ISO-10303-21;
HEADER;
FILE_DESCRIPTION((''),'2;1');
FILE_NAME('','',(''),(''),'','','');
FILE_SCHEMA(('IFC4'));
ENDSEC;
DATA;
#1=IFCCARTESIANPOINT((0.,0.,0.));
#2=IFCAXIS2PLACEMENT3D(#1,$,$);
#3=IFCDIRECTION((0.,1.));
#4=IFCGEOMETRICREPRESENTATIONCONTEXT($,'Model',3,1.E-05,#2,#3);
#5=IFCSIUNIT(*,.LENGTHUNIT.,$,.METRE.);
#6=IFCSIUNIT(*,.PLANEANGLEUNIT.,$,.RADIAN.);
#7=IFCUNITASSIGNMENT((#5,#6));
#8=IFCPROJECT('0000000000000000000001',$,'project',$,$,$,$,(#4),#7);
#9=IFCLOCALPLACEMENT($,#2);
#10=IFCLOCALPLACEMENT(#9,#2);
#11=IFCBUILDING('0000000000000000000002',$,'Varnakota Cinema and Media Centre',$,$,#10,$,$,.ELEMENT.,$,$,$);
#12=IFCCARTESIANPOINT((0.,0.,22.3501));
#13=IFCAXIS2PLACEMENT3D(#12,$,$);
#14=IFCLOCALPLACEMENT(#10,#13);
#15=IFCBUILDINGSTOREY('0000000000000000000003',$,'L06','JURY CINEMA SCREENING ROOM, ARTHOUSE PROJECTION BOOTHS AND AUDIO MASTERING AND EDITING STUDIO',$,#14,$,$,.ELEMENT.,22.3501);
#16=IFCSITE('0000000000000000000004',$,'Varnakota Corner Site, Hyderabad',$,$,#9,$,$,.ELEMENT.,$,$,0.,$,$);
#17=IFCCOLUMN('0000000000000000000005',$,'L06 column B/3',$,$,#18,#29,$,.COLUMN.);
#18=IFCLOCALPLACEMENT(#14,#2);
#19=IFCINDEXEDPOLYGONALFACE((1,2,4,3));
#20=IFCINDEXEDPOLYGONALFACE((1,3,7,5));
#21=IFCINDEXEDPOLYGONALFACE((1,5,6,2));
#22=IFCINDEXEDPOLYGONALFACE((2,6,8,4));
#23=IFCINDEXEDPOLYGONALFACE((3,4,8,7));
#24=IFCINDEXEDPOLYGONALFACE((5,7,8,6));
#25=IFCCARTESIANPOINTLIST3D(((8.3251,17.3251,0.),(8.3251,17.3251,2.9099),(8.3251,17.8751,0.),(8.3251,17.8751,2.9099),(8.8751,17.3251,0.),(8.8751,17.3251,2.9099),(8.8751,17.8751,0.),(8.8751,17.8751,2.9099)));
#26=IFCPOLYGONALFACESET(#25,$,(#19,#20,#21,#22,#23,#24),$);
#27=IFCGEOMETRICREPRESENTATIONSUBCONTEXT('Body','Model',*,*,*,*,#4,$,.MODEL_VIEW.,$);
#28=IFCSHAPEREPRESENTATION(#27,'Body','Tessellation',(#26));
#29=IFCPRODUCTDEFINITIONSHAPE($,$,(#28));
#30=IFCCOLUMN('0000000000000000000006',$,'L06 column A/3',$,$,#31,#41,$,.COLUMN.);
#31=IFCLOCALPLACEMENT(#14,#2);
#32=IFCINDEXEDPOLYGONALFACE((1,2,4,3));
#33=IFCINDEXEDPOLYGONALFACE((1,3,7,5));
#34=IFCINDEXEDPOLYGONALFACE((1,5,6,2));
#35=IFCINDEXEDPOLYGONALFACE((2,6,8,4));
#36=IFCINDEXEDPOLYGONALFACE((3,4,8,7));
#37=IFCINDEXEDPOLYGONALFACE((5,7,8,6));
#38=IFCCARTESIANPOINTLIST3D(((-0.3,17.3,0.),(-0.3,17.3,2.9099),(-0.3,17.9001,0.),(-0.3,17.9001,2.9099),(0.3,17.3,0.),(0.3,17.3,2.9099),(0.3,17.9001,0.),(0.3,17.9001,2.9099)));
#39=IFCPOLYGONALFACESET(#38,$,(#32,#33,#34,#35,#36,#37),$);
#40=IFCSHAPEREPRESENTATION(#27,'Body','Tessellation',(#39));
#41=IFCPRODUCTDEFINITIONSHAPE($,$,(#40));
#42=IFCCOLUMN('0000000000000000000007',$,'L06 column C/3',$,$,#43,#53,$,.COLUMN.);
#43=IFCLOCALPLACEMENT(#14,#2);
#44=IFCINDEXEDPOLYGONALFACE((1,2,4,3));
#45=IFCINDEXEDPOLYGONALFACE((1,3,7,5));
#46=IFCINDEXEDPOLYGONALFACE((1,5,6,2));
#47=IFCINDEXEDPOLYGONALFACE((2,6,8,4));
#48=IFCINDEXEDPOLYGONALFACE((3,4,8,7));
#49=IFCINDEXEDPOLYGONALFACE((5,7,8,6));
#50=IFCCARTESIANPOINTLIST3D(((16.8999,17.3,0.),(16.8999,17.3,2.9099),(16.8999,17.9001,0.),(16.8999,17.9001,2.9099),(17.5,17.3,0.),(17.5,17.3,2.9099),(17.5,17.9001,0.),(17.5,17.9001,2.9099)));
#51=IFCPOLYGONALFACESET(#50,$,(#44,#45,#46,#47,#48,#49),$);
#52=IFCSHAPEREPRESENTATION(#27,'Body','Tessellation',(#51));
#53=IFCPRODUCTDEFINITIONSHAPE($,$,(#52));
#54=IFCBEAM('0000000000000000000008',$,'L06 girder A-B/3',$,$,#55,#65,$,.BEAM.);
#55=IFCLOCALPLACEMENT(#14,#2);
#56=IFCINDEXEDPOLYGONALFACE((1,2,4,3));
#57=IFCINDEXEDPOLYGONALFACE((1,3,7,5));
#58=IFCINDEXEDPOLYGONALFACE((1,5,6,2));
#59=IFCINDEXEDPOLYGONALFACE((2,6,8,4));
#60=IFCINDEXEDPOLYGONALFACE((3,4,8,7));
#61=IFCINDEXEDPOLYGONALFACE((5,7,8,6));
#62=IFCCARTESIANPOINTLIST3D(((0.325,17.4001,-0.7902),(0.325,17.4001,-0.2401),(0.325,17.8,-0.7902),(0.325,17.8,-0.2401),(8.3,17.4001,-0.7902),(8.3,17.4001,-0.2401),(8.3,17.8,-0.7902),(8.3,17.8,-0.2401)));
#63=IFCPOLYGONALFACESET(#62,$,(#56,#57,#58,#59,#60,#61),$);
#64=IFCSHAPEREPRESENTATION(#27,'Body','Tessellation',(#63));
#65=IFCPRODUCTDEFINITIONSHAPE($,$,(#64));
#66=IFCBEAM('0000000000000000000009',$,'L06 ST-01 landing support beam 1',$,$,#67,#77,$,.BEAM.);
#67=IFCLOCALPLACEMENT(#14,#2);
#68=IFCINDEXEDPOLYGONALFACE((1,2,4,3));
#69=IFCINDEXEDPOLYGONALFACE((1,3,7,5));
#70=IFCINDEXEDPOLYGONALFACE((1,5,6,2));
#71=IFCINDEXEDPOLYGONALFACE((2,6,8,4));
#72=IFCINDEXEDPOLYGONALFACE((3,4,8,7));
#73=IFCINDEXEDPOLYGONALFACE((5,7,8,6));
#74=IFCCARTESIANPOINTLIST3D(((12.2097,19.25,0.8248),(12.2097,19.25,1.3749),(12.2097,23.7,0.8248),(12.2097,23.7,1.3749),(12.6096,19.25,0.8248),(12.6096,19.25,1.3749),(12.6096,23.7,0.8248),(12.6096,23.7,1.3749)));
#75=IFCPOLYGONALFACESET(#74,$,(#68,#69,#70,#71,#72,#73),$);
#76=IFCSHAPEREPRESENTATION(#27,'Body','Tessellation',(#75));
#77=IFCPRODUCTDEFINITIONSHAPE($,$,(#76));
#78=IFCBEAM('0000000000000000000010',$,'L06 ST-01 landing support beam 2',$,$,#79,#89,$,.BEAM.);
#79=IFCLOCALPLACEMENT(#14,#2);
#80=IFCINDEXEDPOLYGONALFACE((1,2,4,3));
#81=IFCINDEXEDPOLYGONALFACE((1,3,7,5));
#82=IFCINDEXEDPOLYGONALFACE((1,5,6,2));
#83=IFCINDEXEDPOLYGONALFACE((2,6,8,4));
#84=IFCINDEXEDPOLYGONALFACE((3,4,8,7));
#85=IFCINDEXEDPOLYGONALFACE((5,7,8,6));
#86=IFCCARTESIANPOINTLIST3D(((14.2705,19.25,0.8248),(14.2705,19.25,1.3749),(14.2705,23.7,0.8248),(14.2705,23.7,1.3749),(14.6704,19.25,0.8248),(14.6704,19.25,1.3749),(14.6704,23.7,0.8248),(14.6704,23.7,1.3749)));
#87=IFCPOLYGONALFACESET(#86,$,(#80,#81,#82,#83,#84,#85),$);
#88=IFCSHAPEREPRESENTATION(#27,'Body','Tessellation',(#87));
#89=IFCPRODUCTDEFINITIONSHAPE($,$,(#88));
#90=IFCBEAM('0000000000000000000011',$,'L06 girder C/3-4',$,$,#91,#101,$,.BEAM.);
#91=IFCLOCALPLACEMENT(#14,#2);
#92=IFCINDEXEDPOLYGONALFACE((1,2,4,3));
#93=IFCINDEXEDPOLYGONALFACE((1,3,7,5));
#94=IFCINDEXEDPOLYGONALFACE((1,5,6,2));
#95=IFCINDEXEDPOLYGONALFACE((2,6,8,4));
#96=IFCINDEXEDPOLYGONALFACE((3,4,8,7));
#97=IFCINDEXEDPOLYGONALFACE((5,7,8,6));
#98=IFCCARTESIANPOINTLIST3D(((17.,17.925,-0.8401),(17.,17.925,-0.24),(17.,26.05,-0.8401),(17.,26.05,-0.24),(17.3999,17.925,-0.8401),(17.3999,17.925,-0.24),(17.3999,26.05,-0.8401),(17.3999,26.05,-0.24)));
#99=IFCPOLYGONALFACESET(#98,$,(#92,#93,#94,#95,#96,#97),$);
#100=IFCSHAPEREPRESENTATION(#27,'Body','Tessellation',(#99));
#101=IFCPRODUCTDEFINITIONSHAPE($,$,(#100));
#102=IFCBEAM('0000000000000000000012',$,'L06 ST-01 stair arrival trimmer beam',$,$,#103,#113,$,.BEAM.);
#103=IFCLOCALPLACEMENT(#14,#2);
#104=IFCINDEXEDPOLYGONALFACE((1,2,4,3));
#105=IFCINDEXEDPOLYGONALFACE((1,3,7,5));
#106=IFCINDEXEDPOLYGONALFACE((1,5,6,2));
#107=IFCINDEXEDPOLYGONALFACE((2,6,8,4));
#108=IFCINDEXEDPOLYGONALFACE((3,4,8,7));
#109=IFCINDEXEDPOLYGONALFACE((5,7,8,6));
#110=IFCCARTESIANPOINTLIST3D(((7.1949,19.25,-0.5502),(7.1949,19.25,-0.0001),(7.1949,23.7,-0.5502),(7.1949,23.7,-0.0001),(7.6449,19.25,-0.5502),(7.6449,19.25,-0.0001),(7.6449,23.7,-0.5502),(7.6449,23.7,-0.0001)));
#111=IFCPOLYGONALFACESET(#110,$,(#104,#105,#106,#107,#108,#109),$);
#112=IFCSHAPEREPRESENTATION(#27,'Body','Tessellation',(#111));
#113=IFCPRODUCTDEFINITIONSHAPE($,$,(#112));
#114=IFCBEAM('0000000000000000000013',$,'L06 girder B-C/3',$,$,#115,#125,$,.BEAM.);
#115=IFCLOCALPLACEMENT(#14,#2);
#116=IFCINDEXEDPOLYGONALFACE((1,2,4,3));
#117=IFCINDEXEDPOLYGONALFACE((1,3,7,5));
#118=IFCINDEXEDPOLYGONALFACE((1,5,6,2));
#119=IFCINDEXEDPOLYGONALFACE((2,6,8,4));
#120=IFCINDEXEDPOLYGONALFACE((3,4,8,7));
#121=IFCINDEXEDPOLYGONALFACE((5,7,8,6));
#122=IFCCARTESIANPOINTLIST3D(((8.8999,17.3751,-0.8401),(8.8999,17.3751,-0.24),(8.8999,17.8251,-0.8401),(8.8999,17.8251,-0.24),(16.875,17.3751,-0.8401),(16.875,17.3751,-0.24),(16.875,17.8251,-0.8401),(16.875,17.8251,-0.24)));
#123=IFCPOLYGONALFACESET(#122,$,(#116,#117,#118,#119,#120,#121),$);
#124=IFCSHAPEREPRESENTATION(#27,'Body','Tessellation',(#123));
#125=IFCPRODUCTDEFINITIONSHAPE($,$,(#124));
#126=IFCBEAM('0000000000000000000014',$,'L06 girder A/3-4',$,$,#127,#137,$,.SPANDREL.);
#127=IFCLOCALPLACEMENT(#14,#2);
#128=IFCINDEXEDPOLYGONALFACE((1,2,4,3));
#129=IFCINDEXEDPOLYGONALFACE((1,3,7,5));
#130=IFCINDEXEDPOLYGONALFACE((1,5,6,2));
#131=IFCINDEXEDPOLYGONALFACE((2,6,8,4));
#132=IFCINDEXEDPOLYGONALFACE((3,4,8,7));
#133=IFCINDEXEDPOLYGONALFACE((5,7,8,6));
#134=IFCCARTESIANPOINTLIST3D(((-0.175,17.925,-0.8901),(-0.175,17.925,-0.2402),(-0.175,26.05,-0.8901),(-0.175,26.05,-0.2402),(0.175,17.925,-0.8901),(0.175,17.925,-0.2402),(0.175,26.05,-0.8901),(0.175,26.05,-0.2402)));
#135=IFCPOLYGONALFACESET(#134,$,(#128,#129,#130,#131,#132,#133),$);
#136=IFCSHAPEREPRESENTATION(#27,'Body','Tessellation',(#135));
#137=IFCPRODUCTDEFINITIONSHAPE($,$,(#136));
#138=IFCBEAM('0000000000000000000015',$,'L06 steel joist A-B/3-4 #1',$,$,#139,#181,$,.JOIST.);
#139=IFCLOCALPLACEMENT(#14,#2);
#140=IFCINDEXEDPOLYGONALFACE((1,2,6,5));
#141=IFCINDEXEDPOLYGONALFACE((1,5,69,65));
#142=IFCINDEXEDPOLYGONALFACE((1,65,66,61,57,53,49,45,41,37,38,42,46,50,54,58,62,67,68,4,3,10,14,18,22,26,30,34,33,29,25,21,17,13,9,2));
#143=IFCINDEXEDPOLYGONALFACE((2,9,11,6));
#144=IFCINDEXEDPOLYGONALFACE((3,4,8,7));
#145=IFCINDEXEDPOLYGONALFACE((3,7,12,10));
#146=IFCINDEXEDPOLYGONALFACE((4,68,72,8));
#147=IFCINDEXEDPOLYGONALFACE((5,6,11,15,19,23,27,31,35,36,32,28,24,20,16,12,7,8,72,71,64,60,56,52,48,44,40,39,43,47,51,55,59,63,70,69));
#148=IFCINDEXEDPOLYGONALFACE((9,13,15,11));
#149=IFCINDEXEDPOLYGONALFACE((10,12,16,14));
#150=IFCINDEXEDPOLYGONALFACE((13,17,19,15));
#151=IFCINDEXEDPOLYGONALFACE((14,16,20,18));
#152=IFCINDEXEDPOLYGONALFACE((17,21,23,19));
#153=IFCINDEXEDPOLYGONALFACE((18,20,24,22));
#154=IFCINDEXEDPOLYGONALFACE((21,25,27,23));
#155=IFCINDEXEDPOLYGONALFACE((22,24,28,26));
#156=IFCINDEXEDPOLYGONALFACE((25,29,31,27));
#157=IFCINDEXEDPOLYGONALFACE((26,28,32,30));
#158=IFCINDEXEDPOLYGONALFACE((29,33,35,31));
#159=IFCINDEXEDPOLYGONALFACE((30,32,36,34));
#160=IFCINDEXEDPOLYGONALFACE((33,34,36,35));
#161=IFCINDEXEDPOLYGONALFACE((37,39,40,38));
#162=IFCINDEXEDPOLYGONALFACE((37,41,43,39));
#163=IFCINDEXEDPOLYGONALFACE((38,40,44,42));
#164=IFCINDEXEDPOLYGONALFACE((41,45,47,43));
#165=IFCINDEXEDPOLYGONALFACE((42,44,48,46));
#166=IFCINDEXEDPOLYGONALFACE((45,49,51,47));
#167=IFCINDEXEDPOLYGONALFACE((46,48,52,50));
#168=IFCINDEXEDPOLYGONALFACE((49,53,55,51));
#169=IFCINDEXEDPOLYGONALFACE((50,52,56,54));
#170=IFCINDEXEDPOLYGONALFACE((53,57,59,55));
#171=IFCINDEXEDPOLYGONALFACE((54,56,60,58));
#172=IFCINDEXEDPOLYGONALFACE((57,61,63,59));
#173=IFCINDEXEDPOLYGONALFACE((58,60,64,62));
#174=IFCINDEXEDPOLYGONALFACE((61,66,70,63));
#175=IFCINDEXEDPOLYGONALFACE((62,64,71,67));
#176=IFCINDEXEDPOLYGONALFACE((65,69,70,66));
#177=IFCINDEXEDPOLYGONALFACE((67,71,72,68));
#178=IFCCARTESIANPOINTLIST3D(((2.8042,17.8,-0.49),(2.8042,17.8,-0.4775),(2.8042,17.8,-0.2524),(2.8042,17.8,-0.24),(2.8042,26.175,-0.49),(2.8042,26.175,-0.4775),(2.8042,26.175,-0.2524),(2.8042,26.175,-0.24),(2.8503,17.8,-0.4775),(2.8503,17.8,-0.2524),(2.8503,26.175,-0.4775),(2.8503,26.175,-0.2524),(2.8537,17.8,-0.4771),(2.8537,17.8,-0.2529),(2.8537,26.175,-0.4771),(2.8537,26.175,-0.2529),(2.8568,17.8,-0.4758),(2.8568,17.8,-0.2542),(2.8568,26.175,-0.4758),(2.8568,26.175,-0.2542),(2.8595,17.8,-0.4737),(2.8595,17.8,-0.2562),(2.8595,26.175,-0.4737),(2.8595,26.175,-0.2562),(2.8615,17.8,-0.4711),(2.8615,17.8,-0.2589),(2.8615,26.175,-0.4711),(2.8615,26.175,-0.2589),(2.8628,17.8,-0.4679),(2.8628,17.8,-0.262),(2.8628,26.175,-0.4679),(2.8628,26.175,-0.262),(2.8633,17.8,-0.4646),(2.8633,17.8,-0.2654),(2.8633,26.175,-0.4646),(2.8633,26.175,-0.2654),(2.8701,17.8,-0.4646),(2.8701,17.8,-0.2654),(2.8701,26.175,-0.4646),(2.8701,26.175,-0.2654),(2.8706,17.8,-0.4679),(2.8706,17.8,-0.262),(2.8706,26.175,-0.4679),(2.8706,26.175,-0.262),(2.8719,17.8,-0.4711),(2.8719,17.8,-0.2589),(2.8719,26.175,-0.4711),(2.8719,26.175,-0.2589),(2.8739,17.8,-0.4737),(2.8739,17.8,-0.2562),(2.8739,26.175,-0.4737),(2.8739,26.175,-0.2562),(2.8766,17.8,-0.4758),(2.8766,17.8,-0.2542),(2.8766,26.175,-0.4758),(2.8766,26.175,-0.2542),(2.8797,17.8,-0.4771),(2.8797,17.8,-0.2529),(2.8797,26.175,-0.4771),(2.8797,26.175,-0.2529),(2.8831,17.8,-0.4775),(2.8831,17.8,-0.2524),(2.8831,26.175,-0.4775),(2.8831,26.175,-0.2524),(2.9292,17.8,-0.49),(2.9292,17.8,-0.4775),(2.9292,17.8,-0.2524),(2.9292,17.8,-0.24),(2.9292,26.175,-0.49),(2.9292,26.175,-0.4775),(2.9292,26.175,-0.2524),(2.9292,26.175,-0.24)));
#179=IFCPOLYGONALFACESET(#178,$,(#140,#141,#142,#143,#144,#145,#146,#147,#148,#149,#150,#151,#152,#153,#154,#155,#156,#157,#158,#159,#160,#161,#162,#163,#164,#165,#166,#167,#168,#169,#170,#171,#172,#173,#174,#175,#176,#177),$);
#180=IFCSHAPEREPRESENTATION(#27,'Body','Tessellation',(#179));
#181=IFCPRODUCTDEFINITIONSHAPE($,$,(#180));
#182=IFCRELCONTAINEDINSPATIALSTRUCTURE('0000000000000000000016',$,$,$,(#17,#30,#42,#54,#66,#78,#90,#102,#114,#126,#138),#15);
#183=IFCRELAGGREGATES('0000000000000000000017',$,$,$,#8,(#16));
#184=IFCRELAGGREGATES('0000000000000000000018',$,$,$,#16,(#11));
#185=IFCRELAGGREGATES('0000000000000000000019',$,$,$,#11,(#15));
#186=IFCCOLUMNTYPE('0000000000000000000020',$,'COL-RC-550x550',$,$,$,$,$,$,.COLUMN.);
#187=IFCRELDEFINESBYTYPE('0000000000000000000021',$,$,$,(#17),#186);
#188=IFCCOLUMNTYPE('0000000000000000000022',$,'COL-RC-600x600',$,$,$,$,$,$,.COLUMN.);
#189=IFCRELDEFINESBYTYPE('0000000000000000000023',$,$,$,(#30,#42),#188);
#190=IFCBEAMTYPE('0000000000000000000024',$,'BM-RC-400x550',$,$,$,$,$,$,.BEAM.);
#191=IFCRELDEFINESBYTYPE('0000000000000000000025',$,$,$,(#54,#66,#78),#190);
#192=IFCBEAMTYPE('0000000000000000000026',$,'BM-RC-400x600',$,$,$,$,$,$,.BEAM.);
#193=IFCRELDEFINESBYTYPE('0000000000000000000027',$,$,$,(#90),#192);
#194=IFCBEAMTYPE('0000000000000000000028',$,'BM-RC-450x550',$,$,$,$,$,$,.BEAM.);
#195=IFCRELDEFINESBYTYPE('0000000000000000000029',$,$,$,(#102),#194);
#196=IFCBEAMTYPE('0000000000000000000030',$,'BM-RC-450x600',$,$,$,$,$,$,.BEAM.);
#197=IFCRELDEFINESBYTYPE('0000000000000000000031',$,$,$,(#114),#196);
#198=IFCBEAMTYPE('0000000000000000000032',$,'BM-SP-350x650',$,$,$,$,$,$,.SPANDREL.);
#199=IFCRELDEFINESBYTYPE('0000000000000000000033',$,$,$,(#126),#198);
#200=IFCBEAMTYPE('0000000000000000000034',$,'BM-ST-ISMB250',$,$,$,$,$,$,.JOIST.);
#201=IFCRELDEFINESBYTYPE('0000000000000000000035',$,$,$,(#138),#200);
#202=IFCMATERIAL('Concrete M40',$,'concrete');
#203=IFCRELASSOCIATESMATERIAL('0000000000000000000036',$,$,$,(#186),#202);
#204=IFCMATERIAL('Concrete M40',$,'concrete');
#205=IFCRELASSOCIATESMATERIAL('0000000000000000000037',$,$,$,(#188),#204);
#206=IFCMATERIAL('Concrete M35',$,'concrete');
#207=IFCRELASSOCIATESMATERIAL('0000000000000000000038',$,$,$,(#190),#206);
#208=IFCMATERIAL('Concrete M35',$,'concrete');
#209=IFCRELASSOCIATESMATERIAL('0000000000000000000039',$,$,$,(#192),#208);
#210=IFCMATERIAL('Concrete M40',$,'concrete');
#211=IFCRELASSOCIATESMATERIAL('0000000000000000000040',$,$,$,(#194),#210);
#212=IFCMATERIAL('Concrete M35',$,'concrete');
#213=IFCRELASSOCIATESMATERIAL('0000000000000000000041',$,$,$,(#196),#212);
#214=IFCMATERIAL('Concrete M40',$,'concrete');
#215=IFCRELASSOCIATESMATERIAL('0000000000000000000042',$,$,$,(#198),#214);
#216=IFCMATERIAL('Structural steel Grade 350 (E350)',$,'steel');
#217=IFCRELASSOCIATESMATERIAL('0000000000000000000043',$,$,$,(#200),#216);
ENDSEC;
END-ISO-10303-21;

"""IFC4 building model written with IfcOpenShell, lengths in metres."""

from ifc_helpers import new_model, si_unit, direction, frame, origin, origin_2d, place, context, subcontext, project, spatial, rectangle, i_section, extrude, material, material_profile, profile_set, type_object, element, save


model = new_model("IFC4")

# Units and contexts
model_context = context("Model", 3, precision=1e-05, world=origin(), true_north=direction((0.0, 1.0)))
body_context = subcontext(model_context, "Body", "Model", "MODEL_VIEW")
ifc_project = project(units=[si_unit("LENGTHUNIT", "METRE"), si_unit("PLANEANGLEUNIT", "RADIAN")], contexts=[model_context])

# Site, building, storey
site_placement = place(None, origin())
site = spatial("IfcSite", under=ifc_project, at=site_placement, Name="Varnakota Corner Site, Hyderabad", CompositionType="ELEMENT", RefElevation=0.0)
building_placement = place(site_placement, origin())
building = spatial("IfcBuilding", under=site, at=building_placement, Name="Varnakota Cinema and Media Centre", CompositionType="ELEMENT")
storey_placement = place(building_placement, frame((0.0, 0.0, 22.3501)))
storey = spatial("IfcBuildingStorey", under=building, at=storey_placement, Name="L06", Description="JURY CINEMA SCREENING ROOM, ARTHOUSE PROJECTION BOOTHS AND AUDIO MASTERING AND EDITING STUDIO", CompositionType="ELEMENT", Elevation=22.3501)

# Columns
ifc_material_1 = material(Name="Concrete M40", Category="concrete")
ifc_material_profile_1 = material_profile(ifc_material_1, rectangle(XDim=0.55, YDim=0.55, at=origin_2d()), Name="RC 550x550")
ifc_profile_set_1 = profile_set([ifc_material_profile_1], Name="Concrete M40")
column_type_1 = type_object("IfcColumnType", Name="COL-RC-550x550", PredefinedType="COLUMN", material=ifc_profile_set_1)
column_placement = place(storey_placement, frame((8.6001, 17.6001, 0.0), z_axis=(0.0, 0.0, 1.0), x_axis=(1.0, 0.0, 0.0)))
element("IfcColumn", 1, at=column_placement, inside=storey, type_object=column_type_1, Name="L06 column B/3", PredefinedType="COLUMN", context=body_context, shape_type="SweptSolid", body=[
    extrude(rectangle(XDim=0.55, YDim=0.55, at=origin_2d()), origin(), (0.0, 0.0, 1.0), 2.9099),
])
ifc_material_2 = material(Name="Concrete M40", Category="concrete")
ifc_material_profile_2 = material_profile(ifc_material_2, rectangle(XDim=0.6001, YDim=0.6001, at=origin_2d()), Name="RC 600x600")
ifc_profile_set_2 = profile_set([ifc_material_profile_2], Name="Concrete M40")
column_type_2 = type_object("IfcColumnType", Name="COL-RC-600x600", PredefinedType="COLUMN", material=ifc_profile_set_2)
for number, where, z_axis, x_axis, name in (
    (2, (0.0, 17.6001, 0.0), (0.0, 0.0, 1.0), (1.0, 0.0, 0.0), "L06 column A/3"),
    (3, (17.2, 17.6001, 0.0), (0.0, 0.0, 1.0), (1.0, 0.0, 0.0), "L06 column C/3"),
):
    element("IfcColumn", number, at=place(storey_placement, frame(where, z_axis=z_axis, x_axis=x_axis)), inside=storey, type_object=column_type_2, Name=name, PredefinedType="COLUMN", context=body_context, shape_type="SweptSolid", body=[
        extrude(rectangle(XDim=0.6001, YDim=0.6001, at=origin_2d()), origin(), (0.0, 0.0, 1.0), 2.9099),
    ])

# Beams
ifc_material_3 = material(Name="Concrete M35", Category="concrete")
ifc_material_profile_3 = material_profile(ifc_material_3, rectangle(XDim=0.3999, YDim=0.55, at=origin_2d()), Name="RCB 400x550")
ifc_profile_set_3 = profile_set([ifc_material_profile_3], Name="Concrete M35")
beam_type_1 = type_object("IfcBeamType", Name="BM-RC-400x550", PredefinedType="BEAM", material=ifc_profile_set_3)
beam_1_placement = place(storey_placement, frame((0.325, 17.6001, -0.5151), z_axis=(1.0, 0.0, 0.0), x_axis=(0.0, 1.0, 0.0)))
element("IfcBeam", 4, at=beam_1_placement, inside=storey, type_object=beam_type_1, Name="L06 girder A-B/3", PredefinedType="BEAM", context=body_context, shape_type="SweptSolid", body=[
    extrude(rectangle(XDim=0.3999, YDim=0.55, at=origin_2d()), origin(), (0.0, 0.0, 1.0), 7.9751),
])
for number, where, z_axis, x_axis, name in (
    (5, (12.4097, 19.25, 1.0999), (0.0, 1.0, 0.0), (-1.0, 0.0, 0.0), "L06 ST-01 landing support beam 1"),
    (6, (14.4705, 19.25, 1.0999), (0.0, 1.0, 0.0), (-1.0, 0.0, 0.0), "L06 ST-01 landing support beam 2"),
):
    element("IfcBeam", number, at=place(storey_placement, frame(where, z_axis=z_axis, x_axis=x_axis)), inside=storey, type_object=beam_type_1, Name=name, PredefinedType="BEAM", context=body_context, shape_type="SweptSolid", body=[
        extrude(rectangle(XDim=0.3999, YDim=0.55, at=origin_2d()), origin(), (0.0, 0.0, 1.0), 4.45),
    ])
ifc_material_4 = material(Name="Concrete M35", Category="concrete")
ifc_material_profile_4 = material_profile(ifc_material_4, rectangle(XDim=0.3999, YDim=0.6001, at=origin_2d()), Name="RCB 400x600")
ifc_profile_set_4 = profile_set([ifc_material_profile_4], Name="Concrete M35")
beam_type_2 = type_object("IfcBeamType", Name="BM-RC-400x600", PredefinedType="BEAM", material=ifc_profile_set_4)
beam_2_placement = place(storey_placement, frame((17.2, 17.925, -0.54), z_axis=(0.0, 1.0, 0.0), x_axis=(-1.0, 0.0, 0.0)))
element("IfcBeam", 7, at=beam_2_placement, inside=storey, type_object=beam_type_2, Name="L06 girder C/3-4", PredefinedType="BEAM", context=body_context, shape_type="SweptSolid", body=[
    extrude(rectangle(XDim=0.3999, YDim=0.6001, at=origin_2d()), origin(), (0.0, 0.0, 1.0), 8.125),
])
ifc_material_5 = material(Name="Concrete M40", Category="concrete")
ifc_material_profile_5 = material_profile(ifc_material_5, rectangle(XDim=0.45, YDim=0.55, at=origin_2d()), Name="RCB 450x550")
ifc_profile_set_5 = profile_set([ifc_material_profile_5], Name="Concrete M40")
beam_type_3 = type_object("IfcBeamType", Name="BM-RC-450x550", PredefinedType="BEAM", material=ifc_profile_set_5)
beam_3_placement = place(storey_placement, frame((7.4199, 19.25, -0.2751), z_axis=(0.0, 1.0, 0.0), x_axis=(-1.0, 0.0, 0.0)))
element("IfcBeam", 8, at=beam_3_placement, inside=storey, type_object=beam_type_3, Name="L06 ST-01 stair arrival trimmer beam", PredefinedType="BEAM", context=body_context, shape_type="SweptSolid", body=[
    extrude(rectangle(XDim=0.45, YDim=0.55, at=origin_2d()), origin(), (0.0, 0.0, 1.0), 4.45),
])
ifc_material_6 = material(Name="Concrete M35", Category="concrete")
ifc_material_profile_6 = material_profile(ifc_material_6, rectangle(XDim=0.45, YDim=0.6001, at=origin_2d()), Name="RCB 450x600")
ifc_profile_set_6 = profile_set([ifc_material_profile_6], Name="Concrete M35")
beam_type_4 = type_object("IfcBeamType", Name="BM-RC-450x600", PredefinedType="BEAM", material=ifc_profile_set_6)
beam_4_placement = place(storey_placement, frame((8.8999, 17.6001, -0.54), z_axis=(1.0, 0.0, 0.0), x_axis=(0.0, 1.0, 0.0)))
element("IfcBeam", 9, at=beam_4_placement, inside=storey, type_object=beam_type_4, Name="L06 girder B-C/3", PredefinedType="BEAM", context=body_context, shape_type="SweptSolid", body=[
    extrude(rectangle(XDim=0.45, YDim=0.6001, at=origin_2d()), origin(), (0.0, 0.0, 1.0), 7.9751),
])
ifc_material_7 = material(Name="Concrete M40", Category="concrete")
ifc_material_profile_7 = material_profile(ifc_material_7, rectangle(XDim=0.3501, YDim=0.6499, at=origin_2d()), Name="RCB 350x650")
ifc_profile_set_7 = profile_set([ifc_material_profile_7], Name="Concrete M40")
beam_type_5 = type_object("IfcBeamType", Name="BM-SP-350x650", PredefinedType="SPANDREL", material=ifc_profile_set_7)
beam_5_placement = place(storey_placement, frame((0.0, 17.925, -0.5652), z_axis=(0.0, 1.0, 0.0), x_axis=(-1.0, 0.0, 0.0)))
element("IfcBeam", 10, at=beam_5_placement, inside=storey, type_object=beam_type_5, Name="L06 girder A/3-4", PredefinedType="SPANDREL", context=body_context, shape_type="SweptSolid", body=[
    extrude(rectangle(XDim=0.3501, YDim=0.6499, at=origin_2d()), origin(), (0.0, 0.0, 1.0), 8.125),
])
ifc_material_8 = material(Name="Structural steel Grade 350 (E350)", Category="steel")
ifc_material_profile_8 = material_profile(ifc_material_8, i_section(OverallWidth=0.125, OverallDepth=0.25, WebThickness=0.0068, FlangeThickness=0.0125, FilletRadius=0.0129, at=origin_2d()), Name="ISMB 250")
ifc_profile_set_8 = profile_set([ifc_material_profile_8], Name="Structural steel Grade 350 (E350)")
beam_type_6 = type_object("IfcBeamType", Name="BM-ST-ISMB250", PredefinedType="JOIST", material=ifc_profile_set_8)
beam_6_placement = place(storey_placement, frame((2.8667, 17.8, -0.365), z_axis=(0.0, 1.0, 0.0), x_axis=(-1.0, 0.0, 0.0)))
element("IfcBeam", 11, at=beam_6_placement, inside=storey, type_object=beam_type_6, Name="L06 steel joist A-B/3-4 #1", PredefinedType="JOIST", context=body_context, shape_type="SweptSolid", body=[
    extrude(i_section(OverallWidth=0.125, OverallDepth=0.25, WebThickness=0.0068, FlangeThickness=0.0125, FilletRadius=0.0129, at=origin_2d()), origin(), (0.0, 0.0, 1.0), 8.375),
])

save(model, "model.ifc")
